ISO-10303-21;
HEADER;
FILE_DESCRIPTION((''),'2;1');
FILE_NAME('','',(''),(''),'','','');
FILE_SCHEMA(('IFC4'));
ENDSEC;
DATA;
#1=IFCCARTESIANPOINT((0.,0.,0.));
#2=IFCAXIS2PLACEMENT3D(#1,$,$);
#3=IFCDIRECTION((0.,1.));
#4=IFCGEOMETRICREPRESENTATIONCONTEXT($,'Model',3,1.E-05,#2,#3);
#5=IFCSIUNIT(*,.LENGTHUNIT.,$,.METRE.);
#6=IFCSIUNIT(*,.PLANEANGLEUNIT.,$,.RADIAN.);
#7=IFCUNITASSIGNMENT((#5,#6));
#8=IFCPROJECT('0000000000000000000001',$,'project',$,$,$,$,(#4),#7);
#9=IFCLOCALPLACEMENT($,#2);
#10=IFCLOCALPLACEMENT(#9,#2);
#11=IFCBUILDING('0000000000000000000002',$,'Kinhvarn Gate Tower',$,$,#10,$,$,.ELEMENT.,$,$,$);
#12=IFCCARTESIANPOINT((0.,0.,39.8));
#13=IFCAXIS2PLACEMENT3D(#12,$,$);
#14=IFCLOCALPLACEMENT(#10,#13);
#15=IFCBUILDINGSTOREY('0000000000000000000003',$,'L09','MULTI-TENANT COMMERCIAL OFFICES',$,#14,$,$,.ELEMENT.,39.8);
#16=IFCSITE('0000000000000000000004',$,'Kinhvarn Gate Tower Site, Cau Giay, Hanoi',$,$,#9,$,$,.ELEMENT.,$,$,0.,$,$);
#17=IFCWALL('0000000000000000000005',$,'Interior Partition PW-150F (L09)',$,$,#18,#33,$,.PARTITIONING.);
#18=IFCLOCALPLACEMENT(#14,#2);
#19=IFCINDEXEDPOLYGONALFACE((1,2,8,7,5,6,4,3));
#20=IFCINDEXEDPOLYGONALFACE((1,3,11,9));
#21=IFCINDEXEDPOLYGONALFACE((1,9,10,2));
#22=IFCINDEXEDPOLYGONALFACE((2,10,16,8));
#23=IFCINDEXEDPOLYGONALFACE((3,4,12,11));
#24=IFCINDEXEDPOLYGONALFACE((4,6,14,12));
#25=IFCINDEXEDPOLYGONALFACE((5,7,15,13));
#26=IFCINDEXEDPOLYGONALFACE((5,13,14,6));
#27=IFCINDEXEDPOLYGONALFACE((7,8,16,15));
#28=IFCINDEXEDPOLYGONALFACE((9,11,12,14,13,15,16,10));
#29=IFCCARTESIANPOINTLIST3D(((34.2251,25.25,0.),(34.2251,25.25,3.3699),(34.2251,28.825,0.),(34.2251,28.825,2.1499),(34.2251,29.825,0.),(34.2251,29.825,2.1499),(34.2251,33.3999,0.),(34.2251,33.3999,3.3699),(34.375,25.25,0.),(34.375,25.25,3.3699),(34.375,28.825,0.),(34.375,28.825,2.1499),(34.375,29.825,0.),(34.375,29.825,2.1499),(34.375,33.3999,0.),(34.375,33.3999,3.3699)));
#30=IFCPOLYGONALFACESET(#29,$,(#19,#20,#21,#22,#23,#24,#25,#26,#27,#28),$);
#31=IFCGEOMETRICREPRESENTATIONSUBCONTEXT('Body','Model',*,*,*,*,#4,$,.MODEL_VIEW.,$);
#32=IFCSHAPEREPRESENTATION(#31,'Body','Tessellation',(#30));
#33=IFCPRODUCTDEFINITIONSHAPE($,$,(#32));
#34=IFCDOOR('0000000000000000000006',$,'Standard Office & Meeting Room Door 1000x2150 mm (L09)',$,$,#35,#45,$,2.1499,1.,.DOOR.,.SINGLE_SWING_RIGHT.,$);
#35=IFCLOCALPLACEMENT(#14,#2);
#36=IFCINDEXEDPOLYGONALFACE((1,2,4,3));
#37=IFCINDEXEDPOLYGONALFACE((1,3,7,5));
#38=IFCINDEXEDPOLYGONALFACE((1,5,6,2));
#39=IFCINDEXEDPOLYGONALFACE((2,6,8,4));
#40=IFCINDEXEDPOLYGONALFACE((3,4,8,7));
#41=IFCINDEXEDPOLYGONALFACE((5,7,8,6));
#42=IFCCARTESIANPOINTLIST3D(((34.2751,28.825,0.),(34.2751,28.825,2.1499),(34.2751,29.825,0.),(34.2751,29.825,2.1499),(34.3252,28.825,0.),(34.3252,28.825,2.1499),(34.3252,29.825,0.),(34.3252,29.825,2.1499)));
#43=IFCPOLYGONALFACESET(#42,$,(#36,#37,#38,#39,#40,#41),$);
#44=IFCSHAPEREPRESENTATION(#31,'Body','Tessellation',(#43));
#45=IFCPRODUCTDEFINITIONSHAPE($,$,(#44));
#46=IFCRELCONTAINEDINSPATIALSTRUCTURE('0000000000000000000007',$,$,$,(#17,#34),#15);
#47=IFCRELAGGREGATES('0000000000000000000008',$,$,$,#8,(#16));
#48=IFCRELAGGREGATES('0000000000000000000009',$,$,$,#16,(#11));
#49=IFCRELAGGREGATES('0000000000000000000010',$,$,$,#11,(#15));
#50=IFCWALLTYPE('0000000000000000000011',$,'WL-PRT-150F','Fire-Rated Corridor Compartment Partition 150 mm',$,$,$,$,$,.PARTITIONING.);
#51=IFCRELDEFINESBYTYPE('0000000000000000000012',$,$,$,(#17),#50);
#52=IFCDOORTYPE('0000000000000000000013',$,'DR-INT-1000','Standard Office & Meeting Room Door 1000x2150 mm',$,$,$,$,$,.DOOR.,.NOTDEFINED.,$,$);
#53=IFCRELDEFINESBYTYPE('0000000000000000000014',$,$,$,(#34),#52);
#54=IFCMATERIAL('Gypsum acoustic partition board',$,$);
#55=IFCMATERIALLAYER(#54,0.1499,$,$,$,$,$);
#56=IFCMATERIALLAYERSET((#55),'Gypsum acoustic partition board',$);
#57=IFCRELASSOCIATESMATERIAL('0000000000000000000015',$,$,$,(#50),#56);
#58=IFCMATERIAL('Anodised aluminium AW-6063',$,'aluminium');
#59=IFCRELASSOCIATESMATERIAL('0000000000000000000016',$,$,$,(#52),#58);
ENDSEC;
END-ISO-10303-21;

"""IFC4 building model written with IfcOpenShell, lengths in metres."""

from ifc_helpers import new_model, si_unit, direction, frame, frame_2d, origin, place, context, subcontext, project, spatial, rectangle, extrude, material, layer, layer_set, type_object, element, fill, save


model = new_model("IFC4")

# Units and contexts
model_context = context("Model", 3, precision=1e-05, world=origin(), true_north=direction((0.0, 1.0)))
body_context = subcontext(model_context, "Body", "Model", "MODEL_VIEW")
ifc_project = project(units=[si_unit("LENGTHUNIT", "METRE"), si_unit("PLANEANGLEUNIT", "RADIAN")], contexts=[model_context])

# Site, building, storey
site_placement = place(None, origin())
site = spatial("IfcSite", under=ifc_project, at=site_placement, Name="Kinhvarn Gate Tower Site, Cau Giay, Hanoi", CompositionType="ELEMENT", RefElevation=0.0)
building_placement = place(site_placement, origin())
building = spatial("IfcBuilding", under=site, at=building_placement, Name="Kinhvarn Gate Tower", CompositionType="ELEMENT")
storey_placement = place(building_placement, frame((0.0, 0.0, 39.8)))
storey = spatial("IfcBuildingStorey", under=building, at=storey_placement, Name="L09", Description="MULTI-TENANT COMMERCIAL OFFICES", CompositionType="ELEMENT", Elevation=39.8)

# Shared definitions
ifc_material_1 = material(Name="Gypsum acoustic partition board")

# Shared definitions
ifc_material_2 = material(Name="Anodised aluminium AW-6063", Category="aluminium")

# Shared definitions
ifc_layer_1 = layer(ifc_material_1, 0.1499)
ifc_layer_set_1 = layer_set([ifc_layer_1], Name="Gypsum acoustic partition board")
wall_type_1 = type_object("IfcWallType", Name="WL-PRT-150F", Description="Fire-Rated Corridor Compartment Partition 150 mm", PredefinedType="PARTITIONING", material=ifc_layer_set_1)
door_type_1 = type_object("IfcDoorType", Name="DR-INT-1000", Description="Standard Office & Meeting Room Door 1000x2150 mm", OperationType="NOTDEFINED", PredefinedType="DOOR", material=ifc_material_2)

# Wall, opening, door
wall_1_placement = place(storey_placement, frame((34.3, 25.25, 0.0), z_axis=(0.0, 0.0, 1.0), x_axis=(0.0, 1.0, 0.0)))
wall_1 = element("IfcWall", 1, at=wall_1_placement, inside=storey, type_object=wall_type_1, Name="Interior Partition PW-150F (L09)", PredefinedType="PARTITIONING", context=body_context, shape_type="SweptSolid", body=[
    extrude(rectangle(XDim=8.1499, YDim=0.1499, at=frame_2d((4.075, 0.0))), origin(), (0.0, 0.0, 1.0), 3.3699),
])
opening_1_placement = place(wall_1_placement, frame((3.575, 0.0, 0.0)))
opening_1 = element("IfcOpeningElement", 2, at=opening_1_placement, cuts=wall_1, PredefinedType="OPENING", context=body_context, shape_type="SweptSolid", body=[
    extrude(rectangle(XDim=1.0, YDim=2.1499, at=frame_2d((0.5, 1.075))), frame((0.0, 0.085, 0.0), z_axis=(0.0, -1.0, 0.0), x_axis=(1.0, 0.0, 0.0)), (0.0, 0.0, 1.0), 0.1699),
])
door_1_placement = place(opening_1_placement, origin())
door_1 = element("IfcDoor", 3, at=door_1_placement, inside=storey, type_object=door_type_1, Name="Standard Office & Meeting Room Door 1000x2150 mm (L09)", OperationType="SINGLE_SWING_RIGHT", OverallHeight=2.1499, OverallWidth=1.0, PredefinedType="DOOR", context=body_context, shape_type="SweptSolid", body=[
    extrude(rectangle(XDim=1.0, YDim=2.1499, at=frame_2d((0.5, 1.075))), frame((0.0, 0.0249, 0.0), z_axis=(0.0, -1.0, 0.0), x_axis=(1.0, 0.0, 0.0)), (0.0, 0.0, 1.0), 0.05),
])
fill(opening_1, door_1)

save(model, "model.ifc")
